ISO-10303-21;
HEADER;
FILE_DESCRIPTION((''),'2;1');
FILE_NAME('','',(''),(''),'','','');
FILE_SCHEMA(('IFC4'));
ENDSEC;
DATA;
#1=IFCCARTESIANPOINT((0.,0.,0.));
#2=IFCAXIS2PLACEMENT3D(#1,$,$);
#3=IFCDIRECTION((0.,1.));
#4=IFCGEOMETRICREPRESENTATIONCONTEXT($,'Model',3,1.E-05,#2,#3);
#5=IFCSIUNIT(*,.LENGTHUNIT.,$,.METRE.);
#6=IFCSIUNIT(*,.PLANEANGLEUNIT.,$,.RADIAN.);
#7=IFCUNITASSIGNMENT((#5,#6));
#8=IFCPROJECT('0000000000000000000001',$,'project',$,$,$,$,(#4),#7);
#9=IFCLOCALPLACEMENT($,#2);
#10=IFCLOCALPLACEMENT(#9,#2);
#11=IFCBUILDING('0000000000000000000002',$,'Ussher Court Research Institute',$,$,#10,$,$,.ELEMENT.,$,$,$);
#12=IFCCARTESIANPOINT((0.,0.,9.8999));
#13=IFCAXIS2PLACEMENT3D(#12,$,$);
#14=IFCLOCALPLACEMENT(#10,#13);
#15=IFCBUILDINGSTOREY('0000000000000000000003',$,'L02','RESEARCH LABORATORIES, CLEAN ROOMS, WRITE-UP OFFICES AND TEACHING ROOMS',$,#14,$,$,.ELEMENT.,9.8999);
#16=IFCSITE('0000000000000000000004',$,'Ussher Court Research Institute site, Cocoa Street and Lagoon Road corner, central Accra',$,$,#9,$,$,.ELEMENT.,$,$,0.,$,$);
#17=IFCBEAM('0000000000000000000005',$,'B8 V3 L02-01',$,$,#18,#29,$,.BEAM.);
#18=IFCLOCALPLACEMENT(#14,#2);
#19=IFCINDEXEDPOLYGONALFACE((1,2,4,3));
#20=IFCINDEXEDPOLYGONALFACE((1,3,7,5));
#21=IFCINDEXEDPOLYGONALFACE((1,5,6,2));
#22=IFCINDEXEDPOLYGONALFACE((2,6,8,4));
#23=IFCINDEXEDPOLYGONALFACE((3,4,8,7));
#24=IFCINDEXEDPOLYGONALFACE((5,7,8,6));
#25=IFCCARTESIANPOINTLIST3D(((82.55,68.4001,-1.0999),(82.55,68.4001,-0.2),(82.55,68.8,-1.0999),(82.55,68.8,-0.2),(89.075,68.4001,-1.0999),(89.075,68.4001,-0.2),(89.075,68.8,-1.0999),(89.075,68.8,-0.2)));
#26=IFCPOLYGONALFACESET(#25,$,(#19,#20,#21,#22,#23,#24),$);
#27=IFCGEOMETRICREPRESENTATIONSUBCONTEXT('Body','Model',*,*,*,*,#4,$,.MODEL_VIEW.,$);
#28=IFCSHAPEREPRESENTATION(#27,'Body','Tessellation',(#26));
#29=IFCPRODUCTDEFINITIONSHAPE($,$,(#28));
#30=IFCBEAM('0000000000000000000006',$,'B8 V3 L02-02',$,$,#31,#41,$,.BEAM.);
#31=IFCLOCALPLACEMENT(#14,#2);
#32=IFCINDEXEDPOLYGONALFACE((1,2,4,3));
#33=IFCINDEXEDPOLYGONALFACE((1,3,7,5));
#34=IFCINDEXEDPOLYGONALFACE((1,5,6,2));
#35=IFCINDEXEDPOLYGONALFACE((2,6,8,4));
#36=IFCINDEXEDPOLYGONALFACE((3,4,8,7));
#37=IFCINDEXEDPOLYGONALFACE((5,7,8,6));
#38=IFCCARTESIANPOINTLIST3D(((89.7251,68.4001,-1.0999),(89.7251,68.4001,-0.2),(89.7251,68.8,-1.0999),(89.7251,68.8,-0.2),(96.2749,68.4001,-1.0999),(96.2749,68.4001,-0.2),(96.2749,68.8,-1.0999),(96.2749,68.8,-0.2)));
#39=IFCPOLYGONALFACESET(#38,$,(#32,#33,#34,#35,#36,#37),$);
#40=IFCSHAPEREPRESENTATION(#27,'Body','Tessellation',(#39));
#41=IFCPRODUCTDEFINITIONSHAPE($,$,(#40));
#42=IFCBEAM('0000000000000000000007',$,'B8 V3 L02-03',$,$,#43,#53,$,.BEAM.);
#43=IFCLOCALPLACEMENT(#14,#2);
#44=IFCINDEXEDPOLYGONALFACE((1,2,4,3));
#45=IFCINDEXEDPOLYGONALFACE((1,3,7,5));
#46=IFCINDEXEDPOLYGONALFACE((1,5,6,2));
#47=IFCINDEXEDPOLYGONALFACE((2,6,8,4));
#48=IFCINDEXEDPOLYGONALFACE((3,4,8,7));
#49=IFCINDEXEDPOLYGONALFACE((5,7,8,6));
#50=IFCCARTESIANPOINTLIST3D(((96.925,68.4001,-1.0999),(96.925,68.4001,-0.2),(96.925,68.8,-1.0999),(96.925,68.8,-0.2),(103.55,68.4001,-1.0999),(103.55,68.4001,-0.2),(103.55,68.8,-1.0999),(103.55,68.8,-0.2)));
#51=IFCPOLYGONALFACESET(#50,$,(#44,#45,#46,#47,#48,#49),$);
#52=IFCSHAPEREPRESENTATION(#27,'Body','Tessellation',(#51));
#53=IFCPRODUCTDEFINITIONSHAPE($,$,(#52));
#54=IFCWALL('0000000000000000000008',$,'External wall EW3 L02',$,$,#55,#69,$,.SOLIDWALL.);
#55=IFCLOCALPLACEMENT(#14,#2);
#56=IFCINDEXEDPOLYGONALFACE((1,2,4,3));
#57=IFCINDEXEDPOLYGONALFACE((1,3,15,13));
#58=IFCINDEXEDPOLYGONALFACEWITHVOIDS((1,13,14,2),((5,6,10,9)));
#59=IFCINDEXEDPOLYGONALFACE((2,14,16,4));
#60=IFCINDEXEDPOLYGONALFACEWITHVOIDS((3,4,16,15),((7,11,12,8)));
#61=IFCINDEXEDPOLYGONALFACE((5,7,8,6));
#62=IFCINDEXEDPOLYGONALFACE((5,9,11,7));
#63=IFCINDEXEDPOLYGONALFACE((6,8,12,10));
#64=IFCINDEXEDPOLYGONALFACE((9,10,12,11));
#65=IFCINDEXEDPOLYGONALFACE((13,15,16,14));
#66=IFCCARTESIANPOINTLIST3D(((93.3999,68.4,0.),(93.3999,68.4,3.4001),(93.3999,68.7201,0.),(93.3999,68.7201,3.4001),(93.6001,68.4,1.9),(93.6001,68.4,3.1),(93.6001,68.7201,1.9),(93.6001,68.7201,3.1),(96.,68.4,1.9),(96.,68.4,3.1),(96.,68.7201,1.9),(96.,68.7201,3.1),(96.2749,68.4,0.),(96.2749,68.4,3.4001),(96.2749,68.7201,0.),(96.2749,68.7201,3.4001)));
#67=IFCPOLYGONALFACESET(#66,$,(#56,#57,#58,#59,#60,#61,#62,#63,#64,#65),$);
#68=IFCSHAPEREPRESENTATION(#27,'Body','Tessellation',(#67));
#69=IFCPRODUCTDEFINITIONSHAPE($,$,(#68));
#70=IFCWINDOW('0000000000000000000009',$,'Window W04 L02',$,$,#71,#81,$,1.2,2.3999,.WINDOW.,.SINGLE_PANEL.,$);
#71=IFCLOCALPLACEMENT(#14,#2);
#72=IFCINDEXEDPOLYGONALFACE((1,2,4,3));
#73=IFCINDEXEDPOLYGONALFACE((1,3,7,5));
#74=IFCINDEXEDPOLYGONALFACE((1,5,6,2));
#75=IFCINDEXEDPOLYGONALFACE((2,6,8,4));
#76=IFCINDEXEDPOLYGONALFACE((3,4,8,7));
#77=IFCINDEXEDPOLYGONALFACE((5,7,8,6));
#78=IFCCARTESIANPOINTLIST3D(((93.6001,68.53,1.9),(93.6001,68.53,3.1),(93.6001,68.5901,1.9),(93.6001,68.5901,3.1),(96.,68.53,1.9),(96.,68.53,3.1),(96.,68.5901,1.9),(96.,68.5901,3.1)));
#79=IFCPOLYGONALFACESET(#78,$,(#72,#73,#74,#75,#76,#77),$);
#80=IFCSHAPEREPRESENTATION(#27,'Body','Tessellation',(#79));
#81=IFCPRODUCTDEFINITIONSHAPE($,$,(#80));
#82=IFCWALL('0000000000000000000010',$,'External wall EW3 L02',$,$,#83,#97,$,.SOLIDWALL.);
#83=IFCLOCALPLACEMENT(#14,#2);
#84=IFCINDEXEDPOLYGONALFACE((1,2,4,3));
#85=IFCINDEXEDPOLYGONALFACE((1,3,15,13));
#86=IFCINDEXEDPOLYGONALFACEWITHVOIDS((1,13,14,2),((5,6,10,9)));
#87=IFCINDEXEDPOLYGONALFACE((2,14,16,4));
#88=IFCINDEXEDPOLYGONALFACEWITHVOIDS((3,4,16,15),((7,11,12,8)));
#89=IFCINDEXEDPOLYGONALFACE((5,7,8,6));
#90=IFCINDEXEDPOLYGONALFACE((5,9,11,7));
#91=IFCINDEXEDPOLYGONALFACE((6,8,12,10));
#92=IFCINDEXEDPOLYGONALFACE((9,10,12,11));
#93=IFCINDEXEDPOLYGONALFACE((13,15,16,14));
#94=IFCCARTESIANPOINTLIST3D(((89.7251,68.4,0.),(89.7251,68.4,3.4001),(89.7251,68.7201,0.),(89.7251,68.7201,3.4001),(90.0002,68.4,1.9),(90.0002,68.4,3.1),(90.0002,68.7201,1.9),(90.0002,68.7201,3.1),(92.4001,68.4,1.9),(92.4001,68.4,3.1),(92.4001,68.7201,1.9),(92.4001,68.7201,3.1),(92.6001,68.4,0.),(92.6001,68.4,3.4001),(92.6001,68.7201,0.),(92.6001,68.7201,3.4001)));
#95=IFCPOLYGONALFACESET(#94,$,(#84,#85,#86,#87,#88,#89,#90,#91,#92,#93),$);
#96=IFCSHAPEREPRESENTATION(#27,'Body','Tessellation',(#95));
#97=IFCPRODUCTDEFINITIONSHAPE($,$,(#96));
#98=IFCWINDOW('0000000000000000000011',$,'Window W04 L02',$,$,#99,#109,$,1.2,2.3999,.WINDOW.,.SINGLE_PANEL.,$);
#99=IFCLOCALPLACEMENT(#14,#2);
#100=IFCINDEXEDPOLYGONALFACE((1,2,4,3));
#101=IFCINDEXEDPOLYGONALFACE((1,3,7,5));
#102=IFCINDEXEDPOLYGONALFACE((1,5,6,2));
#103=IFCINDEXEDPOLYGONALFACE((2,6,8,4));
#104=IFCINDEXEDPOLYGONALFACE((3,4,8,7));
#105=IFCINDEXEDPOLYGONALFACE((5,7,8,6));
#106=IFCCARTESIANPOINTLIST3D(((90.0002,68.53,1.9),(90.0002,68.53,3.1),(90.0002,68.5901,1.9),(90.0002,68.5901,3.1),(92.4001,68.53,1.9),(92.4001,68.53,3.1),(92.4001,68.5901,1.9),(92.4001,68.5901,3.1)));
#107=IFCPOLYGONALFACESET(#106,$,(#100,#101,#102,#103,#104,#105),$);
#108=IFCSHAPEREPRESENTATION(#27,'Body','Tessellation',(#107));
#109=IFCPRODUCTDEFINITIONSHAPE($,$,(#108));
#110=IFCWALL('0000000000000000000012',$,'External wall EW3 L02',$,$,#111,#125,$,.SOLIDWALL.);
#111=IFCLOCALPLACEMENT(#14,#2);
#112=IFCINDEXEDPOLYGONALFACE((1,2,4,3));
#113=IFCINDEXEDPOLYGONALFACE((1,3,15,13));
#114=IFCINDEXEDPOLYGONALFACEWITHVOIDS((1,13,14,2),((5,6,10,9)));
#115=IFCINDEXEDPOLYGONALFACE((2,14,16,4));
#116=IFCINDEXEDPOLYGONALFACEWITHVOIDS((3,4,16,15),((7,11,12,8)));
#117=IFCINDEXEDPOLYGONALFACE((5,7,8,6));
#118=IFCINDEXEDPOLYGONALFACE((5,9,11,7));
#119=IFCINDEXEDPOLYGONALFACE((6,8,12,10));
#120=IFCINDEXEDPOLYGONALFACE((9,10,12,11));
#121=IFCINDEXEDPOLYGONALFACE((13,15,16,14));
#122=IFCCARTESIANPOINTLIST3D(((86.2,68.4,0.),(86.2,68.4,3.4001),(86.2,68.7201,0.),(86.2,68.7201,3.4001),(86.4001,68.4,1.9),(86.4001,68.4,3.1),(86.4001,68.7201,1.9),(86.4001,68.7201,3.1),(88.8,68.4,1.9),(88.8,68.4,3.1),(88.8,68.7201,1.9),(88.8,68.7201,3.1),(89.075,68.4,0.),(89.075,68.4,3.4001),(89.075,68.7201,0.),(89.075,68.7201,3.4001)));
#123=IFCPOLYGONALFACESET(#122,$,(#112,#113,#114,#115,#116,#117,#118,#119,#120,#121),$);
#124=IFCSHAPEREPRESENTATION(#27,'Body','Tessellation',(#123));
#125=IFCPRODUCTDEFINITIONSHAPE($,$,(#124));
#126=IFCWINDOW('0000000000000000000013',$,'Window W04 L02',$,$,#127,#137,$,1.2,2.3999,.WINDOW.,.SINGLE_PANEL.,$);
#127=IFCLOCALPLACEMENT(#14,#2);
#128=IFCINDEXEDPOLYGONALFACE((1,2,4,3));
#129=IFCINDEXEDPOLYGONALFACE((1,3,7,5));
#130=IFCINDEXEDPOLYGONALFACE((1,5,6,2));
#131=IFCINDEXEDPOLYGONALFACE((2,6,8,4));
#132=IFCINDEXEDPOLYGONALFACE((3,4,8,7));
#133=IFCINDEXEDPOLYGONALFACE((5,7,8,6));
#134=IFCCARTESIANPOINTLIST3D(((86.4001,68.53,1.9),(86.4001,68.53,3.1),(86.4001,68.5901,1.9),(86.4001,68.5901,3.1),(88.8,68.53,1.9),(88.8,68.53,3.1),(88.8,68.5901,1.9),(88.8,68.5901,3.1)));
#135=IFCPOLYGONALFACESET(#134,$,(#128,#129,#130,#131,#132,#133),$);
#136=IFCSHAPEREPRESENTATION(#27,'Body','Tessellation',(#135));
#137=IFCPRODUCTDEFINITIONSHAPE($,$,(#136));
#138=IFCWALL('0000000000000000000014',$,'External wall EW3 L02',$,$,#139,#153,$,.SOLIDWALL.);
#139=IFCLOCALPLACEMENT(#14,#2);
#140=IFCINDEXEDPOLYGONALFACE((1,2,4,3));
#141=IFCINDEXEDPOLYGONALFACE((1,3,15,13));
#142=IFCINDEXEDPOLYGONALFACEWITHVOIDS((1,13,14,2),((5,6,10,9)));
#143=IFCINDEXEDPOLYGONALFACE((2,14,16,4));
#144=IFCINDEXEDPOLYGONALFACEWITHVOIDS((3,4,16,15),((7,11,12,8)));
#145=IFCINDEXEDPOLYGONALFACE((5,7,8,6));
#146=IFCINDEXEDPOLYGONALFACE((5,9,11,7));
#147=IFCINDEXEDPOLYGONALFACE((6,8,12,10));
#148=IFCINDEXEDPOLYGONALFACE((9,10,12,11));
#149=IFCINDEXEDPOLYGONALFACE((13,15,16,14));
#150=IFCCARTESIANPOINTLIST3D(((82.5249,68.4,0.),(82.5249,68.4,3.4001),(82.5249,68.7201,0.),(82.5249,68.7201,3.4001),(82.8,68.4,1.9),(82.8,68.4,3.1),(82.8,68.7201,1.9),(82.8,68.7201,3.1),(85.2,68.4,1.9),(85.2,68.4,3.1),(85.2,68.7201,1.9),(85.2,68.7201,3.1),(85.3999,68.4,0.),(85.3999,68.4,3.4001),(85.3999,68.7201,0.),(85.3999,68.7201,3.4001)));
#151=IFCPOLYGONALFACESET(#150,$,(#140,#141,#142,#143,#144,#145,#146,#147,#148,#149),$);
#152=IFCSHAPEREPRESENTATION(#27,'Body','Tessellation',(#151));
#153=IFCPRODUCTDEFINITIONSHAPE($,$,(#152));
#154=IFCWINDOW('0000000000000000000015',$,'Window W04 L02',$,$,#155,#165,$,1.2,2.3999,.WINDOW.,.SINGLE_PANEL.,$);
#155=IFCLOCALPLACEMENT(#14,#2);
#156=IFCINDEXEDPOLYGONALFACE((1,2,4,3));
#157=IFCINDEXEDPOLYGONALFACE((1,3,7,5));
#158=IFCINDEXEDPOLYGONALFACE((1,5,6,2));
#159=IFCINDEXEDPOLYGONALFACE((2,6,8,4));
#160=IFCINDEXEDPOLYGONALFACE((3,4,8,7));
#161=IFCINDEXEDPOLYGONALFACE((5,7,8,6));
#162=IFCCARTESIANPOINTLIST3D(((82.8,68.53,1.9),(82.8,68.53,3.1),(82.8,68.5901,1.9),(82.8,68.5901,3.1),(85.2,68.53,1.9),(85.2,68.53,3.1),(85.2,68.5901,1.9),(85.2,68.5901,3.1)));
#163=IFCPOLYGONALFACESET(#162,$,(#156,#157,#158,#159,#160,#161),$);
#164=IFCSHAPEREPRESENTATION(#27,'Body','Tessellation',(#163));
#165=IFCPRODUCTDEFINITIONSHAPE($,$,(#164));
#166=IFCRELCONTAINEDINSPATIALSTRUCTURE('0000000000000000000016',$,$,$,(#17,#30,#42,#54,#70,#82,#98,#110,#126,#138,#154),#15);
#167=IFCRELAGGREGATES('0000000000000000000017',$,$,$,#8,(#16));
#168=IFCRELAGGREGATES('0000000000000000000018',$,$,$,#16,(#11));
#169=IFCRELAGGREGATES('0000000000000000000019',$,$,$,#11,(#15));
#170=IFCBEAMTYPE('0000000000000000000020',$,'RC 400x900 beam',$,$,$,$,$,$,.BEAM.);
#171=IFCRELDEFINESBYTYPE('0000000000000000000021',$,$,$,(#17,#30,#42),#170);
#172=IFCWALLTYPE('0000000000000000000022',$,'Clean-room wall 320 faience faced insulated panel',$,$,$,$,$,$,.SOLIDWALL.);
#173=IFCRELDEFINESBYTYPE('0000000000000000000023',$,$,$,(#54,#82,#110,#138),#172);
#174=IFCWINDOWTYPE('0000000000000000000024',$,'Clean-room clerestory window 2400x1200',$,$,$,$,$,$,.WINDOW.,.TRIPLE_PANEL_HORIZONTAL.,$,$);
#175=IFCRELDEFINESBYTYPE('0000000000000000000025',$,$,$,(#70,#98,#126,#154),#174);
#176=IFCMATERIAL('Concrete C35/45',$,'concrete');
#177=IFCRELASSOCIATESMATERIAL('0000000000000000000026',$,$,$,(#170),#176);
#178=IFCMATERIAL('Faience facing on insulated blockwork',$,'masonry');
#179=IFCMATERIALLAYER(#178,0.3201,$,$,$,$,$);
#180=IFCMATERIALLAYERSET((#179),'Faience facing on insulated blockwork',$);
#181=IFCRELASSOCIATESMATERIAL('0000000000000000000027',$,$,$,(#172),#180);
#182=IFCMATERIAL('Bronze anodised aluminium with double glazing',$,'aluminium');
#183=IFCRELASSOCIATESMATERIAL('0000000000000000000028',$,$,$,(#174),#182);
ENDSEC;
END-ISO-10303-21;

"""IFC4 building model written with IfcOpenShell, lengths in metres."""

from ifc_helpers import new_model, si_unit, direction, frame, frame_2d, origin, origin_2d, place, context, subcontext, project, spatial, rectangle, extrude, material, layer, layer_set, material_profile, profile_set, type_object, element, fill, save


model = new_model("IFC4")

# Units and contexts
model_context = context("Model", 3, precision=1e-05, world=origin(), true_north=direction((0.0, 1.0)))
body_context = subcontext(model_context, "Body", "Model", "MODEL_VIEW")
ifc_project = project(units=[si_unit("LENGTHUNIT", "METRE"), si_unit("PLANEANGLEUNIT", "RADIAN")], contexts=[model_context])

# Site, building, storey
site_placement = place(None, origin())
site = spatial("IfcSite", under=ifc_project, at=site_placement, Name="Ussher Court Research Institute site, Cocoa Street and Lagoon Road corner, central Accra", CompositionType="ELEMENT", RefElevation=0.0)
building_placement = place(site_placement, origin())
building = spatial("IfcBuilding", under=site, at=building_placement, Name="Ussher Court Research Institute", CompositionType="ELEMENT")
storey_placement = place(building_placement, frame((0.0, 0.0, 9.8999)))
storey = spatial("IfcBuildingStorey", under=building, at=storey_placement, Name="L02", Description="RESEARCH LABORATORIES, CLEAN ROOMS, WRITE-UP OFFICES AND TEACHING ROOMS", CompositionType="ELEMENT", Elevation=9.8999)

# Beams
ifc_material_1 = material(Name="Concrete C35/45", Category="concrete")
ifc_material_profile = material_profile(ifc_material_1, rectangle(XDim=0.3999, YDim=0.8999, at=origin_2d()), Name="RC 400x900")
ifc_profile_set = profile_set([ifc_material_profile], Name="Concrete C35/45")
beam_type = type_object("IfcBeamType", Name="RC 400x900 beam", PredefinedType="BEAM", material=ifc_profile_set)
beam_1_placement = place(storey_placement, frame((82.55, 68.6001, -0.6499), z_axis=(1.0, 0.0, 0.0), x_axis=(0.0, 1.0, 0.0)))
element("IfcBeam", 1, at=beam_1_placement, inside=storey, type_object=beam_type, Name="B8 V3 L02-01", PredefinedType="BEAM", context=body_context, shape_type="SweptSolid", body=[
    extrude(rectangle(XDim=0.3999, YDim=0.8999, at=origin_2d()), origin(), (0.0, 0.0, 1.0), 6.5249),
])
beam_2_placement = place(storey_placement, frame((89.7251, 68.6001, -0.6499), z_axis=(1.0, 0.0, 0.0), x_axis=(0.0, 1.0, 0.0)))
element("IfcBeam", 2, at=beam_2_placement, inside=storey, type_object=beam_type, Name="B8 V3 L02-02", PredefinedType="BEAM", context=body_context, shape_type="SweptSolid", body=[
    extrude(rectangle(XDim=0.3999, YDim=0.8999, at=origin_2d()), origin(), (0.0, 0.0, 1.0), 6.5498),
])
beam_3_placement = place(storey_placement, frame((96.925, 68.6001, -0.6499), z_axis=(1.0, 0.0, 0.0), x_axis=(0.0, 1.0, 0.0)))
element("IfcBeam", 3, at=beam_3_placement, inside=storey, type_object=beam_type, Name="B8 V3 L02-03", PredefinedType="BEAM", context=body_context, shape_type="SweptSolid", body=[
    extrude(rectangle(XDim=0.3999, YDim=0.8999, at=origin_2d()), origin(), (0.0, 0.0, 1.0), 6.625),
])

# Walls, openings, windows
ifc_material_2 = material(Name="Faience facing on insulated blockwork", Category="masonry")
ifc_layer_1 = layer(ifc_material_2, 0.3201)
ifc_layer_set_1 = layer_set([ifc_layer_1], Name="Faience facing on insulated blockwork")
wall_type_1 = type_object("IfcWallType", Name="Clean-room wall 320 faience faced insulated panel", PredefinedType="SOLIDWALL", material=ifc_layer_set_1)
wall_1_placement = place(storey_placement, frame((96.2749, 68.5601, 0.0), z_axis=(0.0, 0.0, 1.0), x_axis=(-1.0, 0.0, 0.0)))
wall_1 = element("IfcWall", 4, at=wall_1_placement, inside=storey, type_object=wall_type_1, Name="External wall EW3 L02", PredefinedType="SOLIDWALL", context=body_context, shape_type="SweptSolid", body=[
    extrude(rectangle(XDim=2.875, YDim=0.3201, at=frame_2d((1.4375, 0.0))), origin(), (0.0, 0.0, 1.0), 3.4001),
])
opening_1_placement = place(wall_1_placement, frame((0.2749, 0.0, 1.8999)))
opening_1 = element("IfcOpeningElement", 5, at=opening_1_placement, cuts=wall_1, PredefinedType="OPENING", context=body_context, shape_type="SweptSolid", body=[
    extrude(rectangle(XDim=2.3999, YDim=1.2, at=frame_2d((1.2, 0.6001))), frame((0.0, 0.1699, 0.0), z_axis=(0.0, -1.0, 0.0), x_axis=(1.0, 0.0, 0.0)), (0.0, 0.0, 1.0), 0.3401),
])
ifc_material_3 = material(Name="Bronze anodised aluminium with double glazing", Category="aluminium")
window_type_1 = type_object("IfcWindowType", Name="Clean-room clerestory window 2400x1200", PartitioningType="TRIPLE_PANEL_HORIZONTAL", PredefinedType="WINDOW", material=ifc_material_3)
window_1_placement = place(opening_1_placement, origin())
window_1 = element("IfcWindow", 6, at=window_1_placement, inside=storey, type_object=window_type_1, Name="Window W04 L02", OverallHeight=1.2, OverallWidth=2.3999, PartitioningType="SINGLE_PANEL", PredefinedType="WINDOW", context=body_context, shape_type="SweptSolid", body=[
    extrude(rectangle(XDim=2.3999, YDim=1.2, at=frame_2d((1.2, 0.6001))), frame((0.0, 0.03, 0.0), z_axis=(0.0, -1.0, 0.0), x_axis=(1.0, 0.0, 0.0)), (0.0, 0.0, 1.0), 0.0601),
])
fill(opening_1, window_1)
wall_2_placement = place(storey_placement, frame((92.6001, 68.5601, 0.0), z_axis=(0.0, 0.0, 1.0), x_axis=(-1.0, 0.0, 0.0)))
wall_2 = element("IfcWall", 7, at=wall_2_placement, inside=storey, type_object=wall_type_1, Name="External wall EW3 L02", PredefinedType="SOLIDWALL", context=body_context, shape_type="SweptSolid", body=[
    extrude(rectangle(XDim=2.875, YDim=0.3201, at=frame_2d((1.4375, 0.0))), origin(), (0.0, 0.0, 1.0), 3.4001),
])
opening_2_placement = place(wall_2_placement, frame((0.2, 0.0, 1.8999)))
opening_2 = element("IfcOpeningElement", 8, at=opening_2_placement, cuts=wall_2, PredefinedType="OPENING", context=body_context, shape_type="SweptSolid", body=[
    extrude(rectangle(XDim=2.3999, YDim=1.2, at=frame_2d((1.2, 0.6001))), frame((0.0, 0.1699, 0.0), z_axis=(0.0, -1.0, 0.0), x_axis=(1.0, 0.0, 0.0)), (0.0, 0.0, 1.0), 0.3401),
])
window_2_placement = place(opening_2_placement, origin())
window_2 = element("IfcWindow", 9, at=window_2_placement, inside=storey, type_object=window_type_1, Name="Window W04 L02", OverallHeight=1.2, OverallWidth=2.3999, PartitioningType="SINGLE_PANEL", PredefinedType="WINDOW", context=body_context, shape_type="SweptSolid", body=[
    extrude(rectangle(XDim=2.3999, YDim=1.2, at=frame_2d((1.2, 0.6001))), frame((0.0, 0.03, 0.0), z_axis=(0.0, -1.0, 0.0), x_axis=(1.0, 0.0, 0.0)), (0.0, 0.0, 1.0), 0.0601),
])
fill(opening_2, window_2)
wall_3_placement = place(storey_placement, frame((89.075, 68.5601, 0.0), z_axis=(0.0, 0.0, 1.0), x_axis=(-1.0, 0.0, 0.0)))
wall_3 = element("IfcWall", 10, at=wall_3_placement, inside=storey, type_object=wall_type_1, Name="External wall EW3 L02", PredefinedType="SOLIDWALL", context=body_context, shape_type="SweptSolid", body=[
    extrude(rectangle(XDim=2.875, YDim=0.3201, at=frame_2d((1.4375, 0.0))), origin(), (0.0, 0.0, 1.0), 3.4001),
])
opening_3_placement = place(wall_3_placement, frame((0.2749, 0.0, 1.8999)))
opening_3 = element("IfcOpeningElement", 11, at=opening_3_placement, cuts=wall_3, PredefinedType="OPENING", context=body_context, shape_type="SweptSolid", body=[
    extrude(rectangle(XDim=2.3999, YDim=1.2, at=frame_2d((1.2, 0.6001))), frame((0.0, 0.1699, 0.0), z_axis=(0.0, -1.0, 0.0), x_axis=(1.0, 0.0, 0.0)), (0.0, 0.0, 1.0), 0.3401),
])
window_3_placement = place(opening_3_placement, origin())
window_3 = element("IfcWindow", 12, at=window_3_placement, inside=storey, type_object=window_type_1, Name="Window W04 L02", OverallHeight=1.2, OverallWidth=2.3999, PartitioningType="SINGLE_PANEL", PredefinedType="WINDOW", context=body_context, shape_type="SweptSolid", body=[
    extrude(rectangle(XDim=2.3999, YDim=1.2, at=frame_2d((1.2, 0.6001))), frame((0.0, 0.03, 0.0), z_axis=(0.0, -1.0, 0.0), x_axis=(1.0, 0.0, 0.0)), (0.0, 0.0, 1.0), 0.0601),
])
fill(opening_3, window_3)
wall_4_placement = place(storey_placement, frame((85.3999, 68.5601, 0.0), z_axis=(0.0, 0.0, 1.0), x_axis=(-1.0, 0.0, 0.0)))
wall_4 = element("IfcWall", 13, at=wall_4_placement, inside=storey, type_object=wall_type_1, Name="External wall EW3 L02", PredefinedType="SOLIDWALL", context=body_context, shape_type="SweptSolid", body=[
    extrude(rectangle(XDim=2.875, YDim=0.3201, at=frame_2d((1.4375, 0.0))), origin(), (0.0, 0.0, 1.0), 3.4001),
])
opening_4_placement = place(wall_4_placement, frame((0.2, 0.0, 1.8999)))
opening_4 = element("IfcOpeningElement", 14, at=opening_4_placement, cuts=wall_4, PredefinedType="OPENING", context=body_context, shape_type="SweptSolid", body=[
    extrude(rectangle(XDim=2.3999, YDim=1.2, at=frame_2d((1.2, 0.6001))), frame((0.0, 0.1699, 0.0), z_axis=(0.0, -1.0, 0.0), x_axis=(1.0, 0.0, 0.0)), (0.0, 0.0, 1.0), 0.3401),
])
window_4_placement = place(opening_4_placement, origin())
window_4 = element("IfcWindow", 15, at=window_4_placement, inside=storey, type_object=window_type_1, Name="Window W04 L02", OverallHeight=1.2, OverallWidth=2.3999, PartitioningType="SINGLE_PANEL", PredefinedType="WINDOW", context=body_context, shape_type="SweptSolid", body=[
    extrude(rectangle(XDim=2.3999, YDim=1.2, at=frame_2d((1.2, 0.6001))), frame((0.0, 0.03, 0.0), z_axis=(0.0, -1.0, 0.0), x_axis=(1.0, 0.0, 0.0)), (0.0, 0.0, 1.0), 0.0601),
])
fill(opening_4, window_4)

save(model, "model.ifc")
